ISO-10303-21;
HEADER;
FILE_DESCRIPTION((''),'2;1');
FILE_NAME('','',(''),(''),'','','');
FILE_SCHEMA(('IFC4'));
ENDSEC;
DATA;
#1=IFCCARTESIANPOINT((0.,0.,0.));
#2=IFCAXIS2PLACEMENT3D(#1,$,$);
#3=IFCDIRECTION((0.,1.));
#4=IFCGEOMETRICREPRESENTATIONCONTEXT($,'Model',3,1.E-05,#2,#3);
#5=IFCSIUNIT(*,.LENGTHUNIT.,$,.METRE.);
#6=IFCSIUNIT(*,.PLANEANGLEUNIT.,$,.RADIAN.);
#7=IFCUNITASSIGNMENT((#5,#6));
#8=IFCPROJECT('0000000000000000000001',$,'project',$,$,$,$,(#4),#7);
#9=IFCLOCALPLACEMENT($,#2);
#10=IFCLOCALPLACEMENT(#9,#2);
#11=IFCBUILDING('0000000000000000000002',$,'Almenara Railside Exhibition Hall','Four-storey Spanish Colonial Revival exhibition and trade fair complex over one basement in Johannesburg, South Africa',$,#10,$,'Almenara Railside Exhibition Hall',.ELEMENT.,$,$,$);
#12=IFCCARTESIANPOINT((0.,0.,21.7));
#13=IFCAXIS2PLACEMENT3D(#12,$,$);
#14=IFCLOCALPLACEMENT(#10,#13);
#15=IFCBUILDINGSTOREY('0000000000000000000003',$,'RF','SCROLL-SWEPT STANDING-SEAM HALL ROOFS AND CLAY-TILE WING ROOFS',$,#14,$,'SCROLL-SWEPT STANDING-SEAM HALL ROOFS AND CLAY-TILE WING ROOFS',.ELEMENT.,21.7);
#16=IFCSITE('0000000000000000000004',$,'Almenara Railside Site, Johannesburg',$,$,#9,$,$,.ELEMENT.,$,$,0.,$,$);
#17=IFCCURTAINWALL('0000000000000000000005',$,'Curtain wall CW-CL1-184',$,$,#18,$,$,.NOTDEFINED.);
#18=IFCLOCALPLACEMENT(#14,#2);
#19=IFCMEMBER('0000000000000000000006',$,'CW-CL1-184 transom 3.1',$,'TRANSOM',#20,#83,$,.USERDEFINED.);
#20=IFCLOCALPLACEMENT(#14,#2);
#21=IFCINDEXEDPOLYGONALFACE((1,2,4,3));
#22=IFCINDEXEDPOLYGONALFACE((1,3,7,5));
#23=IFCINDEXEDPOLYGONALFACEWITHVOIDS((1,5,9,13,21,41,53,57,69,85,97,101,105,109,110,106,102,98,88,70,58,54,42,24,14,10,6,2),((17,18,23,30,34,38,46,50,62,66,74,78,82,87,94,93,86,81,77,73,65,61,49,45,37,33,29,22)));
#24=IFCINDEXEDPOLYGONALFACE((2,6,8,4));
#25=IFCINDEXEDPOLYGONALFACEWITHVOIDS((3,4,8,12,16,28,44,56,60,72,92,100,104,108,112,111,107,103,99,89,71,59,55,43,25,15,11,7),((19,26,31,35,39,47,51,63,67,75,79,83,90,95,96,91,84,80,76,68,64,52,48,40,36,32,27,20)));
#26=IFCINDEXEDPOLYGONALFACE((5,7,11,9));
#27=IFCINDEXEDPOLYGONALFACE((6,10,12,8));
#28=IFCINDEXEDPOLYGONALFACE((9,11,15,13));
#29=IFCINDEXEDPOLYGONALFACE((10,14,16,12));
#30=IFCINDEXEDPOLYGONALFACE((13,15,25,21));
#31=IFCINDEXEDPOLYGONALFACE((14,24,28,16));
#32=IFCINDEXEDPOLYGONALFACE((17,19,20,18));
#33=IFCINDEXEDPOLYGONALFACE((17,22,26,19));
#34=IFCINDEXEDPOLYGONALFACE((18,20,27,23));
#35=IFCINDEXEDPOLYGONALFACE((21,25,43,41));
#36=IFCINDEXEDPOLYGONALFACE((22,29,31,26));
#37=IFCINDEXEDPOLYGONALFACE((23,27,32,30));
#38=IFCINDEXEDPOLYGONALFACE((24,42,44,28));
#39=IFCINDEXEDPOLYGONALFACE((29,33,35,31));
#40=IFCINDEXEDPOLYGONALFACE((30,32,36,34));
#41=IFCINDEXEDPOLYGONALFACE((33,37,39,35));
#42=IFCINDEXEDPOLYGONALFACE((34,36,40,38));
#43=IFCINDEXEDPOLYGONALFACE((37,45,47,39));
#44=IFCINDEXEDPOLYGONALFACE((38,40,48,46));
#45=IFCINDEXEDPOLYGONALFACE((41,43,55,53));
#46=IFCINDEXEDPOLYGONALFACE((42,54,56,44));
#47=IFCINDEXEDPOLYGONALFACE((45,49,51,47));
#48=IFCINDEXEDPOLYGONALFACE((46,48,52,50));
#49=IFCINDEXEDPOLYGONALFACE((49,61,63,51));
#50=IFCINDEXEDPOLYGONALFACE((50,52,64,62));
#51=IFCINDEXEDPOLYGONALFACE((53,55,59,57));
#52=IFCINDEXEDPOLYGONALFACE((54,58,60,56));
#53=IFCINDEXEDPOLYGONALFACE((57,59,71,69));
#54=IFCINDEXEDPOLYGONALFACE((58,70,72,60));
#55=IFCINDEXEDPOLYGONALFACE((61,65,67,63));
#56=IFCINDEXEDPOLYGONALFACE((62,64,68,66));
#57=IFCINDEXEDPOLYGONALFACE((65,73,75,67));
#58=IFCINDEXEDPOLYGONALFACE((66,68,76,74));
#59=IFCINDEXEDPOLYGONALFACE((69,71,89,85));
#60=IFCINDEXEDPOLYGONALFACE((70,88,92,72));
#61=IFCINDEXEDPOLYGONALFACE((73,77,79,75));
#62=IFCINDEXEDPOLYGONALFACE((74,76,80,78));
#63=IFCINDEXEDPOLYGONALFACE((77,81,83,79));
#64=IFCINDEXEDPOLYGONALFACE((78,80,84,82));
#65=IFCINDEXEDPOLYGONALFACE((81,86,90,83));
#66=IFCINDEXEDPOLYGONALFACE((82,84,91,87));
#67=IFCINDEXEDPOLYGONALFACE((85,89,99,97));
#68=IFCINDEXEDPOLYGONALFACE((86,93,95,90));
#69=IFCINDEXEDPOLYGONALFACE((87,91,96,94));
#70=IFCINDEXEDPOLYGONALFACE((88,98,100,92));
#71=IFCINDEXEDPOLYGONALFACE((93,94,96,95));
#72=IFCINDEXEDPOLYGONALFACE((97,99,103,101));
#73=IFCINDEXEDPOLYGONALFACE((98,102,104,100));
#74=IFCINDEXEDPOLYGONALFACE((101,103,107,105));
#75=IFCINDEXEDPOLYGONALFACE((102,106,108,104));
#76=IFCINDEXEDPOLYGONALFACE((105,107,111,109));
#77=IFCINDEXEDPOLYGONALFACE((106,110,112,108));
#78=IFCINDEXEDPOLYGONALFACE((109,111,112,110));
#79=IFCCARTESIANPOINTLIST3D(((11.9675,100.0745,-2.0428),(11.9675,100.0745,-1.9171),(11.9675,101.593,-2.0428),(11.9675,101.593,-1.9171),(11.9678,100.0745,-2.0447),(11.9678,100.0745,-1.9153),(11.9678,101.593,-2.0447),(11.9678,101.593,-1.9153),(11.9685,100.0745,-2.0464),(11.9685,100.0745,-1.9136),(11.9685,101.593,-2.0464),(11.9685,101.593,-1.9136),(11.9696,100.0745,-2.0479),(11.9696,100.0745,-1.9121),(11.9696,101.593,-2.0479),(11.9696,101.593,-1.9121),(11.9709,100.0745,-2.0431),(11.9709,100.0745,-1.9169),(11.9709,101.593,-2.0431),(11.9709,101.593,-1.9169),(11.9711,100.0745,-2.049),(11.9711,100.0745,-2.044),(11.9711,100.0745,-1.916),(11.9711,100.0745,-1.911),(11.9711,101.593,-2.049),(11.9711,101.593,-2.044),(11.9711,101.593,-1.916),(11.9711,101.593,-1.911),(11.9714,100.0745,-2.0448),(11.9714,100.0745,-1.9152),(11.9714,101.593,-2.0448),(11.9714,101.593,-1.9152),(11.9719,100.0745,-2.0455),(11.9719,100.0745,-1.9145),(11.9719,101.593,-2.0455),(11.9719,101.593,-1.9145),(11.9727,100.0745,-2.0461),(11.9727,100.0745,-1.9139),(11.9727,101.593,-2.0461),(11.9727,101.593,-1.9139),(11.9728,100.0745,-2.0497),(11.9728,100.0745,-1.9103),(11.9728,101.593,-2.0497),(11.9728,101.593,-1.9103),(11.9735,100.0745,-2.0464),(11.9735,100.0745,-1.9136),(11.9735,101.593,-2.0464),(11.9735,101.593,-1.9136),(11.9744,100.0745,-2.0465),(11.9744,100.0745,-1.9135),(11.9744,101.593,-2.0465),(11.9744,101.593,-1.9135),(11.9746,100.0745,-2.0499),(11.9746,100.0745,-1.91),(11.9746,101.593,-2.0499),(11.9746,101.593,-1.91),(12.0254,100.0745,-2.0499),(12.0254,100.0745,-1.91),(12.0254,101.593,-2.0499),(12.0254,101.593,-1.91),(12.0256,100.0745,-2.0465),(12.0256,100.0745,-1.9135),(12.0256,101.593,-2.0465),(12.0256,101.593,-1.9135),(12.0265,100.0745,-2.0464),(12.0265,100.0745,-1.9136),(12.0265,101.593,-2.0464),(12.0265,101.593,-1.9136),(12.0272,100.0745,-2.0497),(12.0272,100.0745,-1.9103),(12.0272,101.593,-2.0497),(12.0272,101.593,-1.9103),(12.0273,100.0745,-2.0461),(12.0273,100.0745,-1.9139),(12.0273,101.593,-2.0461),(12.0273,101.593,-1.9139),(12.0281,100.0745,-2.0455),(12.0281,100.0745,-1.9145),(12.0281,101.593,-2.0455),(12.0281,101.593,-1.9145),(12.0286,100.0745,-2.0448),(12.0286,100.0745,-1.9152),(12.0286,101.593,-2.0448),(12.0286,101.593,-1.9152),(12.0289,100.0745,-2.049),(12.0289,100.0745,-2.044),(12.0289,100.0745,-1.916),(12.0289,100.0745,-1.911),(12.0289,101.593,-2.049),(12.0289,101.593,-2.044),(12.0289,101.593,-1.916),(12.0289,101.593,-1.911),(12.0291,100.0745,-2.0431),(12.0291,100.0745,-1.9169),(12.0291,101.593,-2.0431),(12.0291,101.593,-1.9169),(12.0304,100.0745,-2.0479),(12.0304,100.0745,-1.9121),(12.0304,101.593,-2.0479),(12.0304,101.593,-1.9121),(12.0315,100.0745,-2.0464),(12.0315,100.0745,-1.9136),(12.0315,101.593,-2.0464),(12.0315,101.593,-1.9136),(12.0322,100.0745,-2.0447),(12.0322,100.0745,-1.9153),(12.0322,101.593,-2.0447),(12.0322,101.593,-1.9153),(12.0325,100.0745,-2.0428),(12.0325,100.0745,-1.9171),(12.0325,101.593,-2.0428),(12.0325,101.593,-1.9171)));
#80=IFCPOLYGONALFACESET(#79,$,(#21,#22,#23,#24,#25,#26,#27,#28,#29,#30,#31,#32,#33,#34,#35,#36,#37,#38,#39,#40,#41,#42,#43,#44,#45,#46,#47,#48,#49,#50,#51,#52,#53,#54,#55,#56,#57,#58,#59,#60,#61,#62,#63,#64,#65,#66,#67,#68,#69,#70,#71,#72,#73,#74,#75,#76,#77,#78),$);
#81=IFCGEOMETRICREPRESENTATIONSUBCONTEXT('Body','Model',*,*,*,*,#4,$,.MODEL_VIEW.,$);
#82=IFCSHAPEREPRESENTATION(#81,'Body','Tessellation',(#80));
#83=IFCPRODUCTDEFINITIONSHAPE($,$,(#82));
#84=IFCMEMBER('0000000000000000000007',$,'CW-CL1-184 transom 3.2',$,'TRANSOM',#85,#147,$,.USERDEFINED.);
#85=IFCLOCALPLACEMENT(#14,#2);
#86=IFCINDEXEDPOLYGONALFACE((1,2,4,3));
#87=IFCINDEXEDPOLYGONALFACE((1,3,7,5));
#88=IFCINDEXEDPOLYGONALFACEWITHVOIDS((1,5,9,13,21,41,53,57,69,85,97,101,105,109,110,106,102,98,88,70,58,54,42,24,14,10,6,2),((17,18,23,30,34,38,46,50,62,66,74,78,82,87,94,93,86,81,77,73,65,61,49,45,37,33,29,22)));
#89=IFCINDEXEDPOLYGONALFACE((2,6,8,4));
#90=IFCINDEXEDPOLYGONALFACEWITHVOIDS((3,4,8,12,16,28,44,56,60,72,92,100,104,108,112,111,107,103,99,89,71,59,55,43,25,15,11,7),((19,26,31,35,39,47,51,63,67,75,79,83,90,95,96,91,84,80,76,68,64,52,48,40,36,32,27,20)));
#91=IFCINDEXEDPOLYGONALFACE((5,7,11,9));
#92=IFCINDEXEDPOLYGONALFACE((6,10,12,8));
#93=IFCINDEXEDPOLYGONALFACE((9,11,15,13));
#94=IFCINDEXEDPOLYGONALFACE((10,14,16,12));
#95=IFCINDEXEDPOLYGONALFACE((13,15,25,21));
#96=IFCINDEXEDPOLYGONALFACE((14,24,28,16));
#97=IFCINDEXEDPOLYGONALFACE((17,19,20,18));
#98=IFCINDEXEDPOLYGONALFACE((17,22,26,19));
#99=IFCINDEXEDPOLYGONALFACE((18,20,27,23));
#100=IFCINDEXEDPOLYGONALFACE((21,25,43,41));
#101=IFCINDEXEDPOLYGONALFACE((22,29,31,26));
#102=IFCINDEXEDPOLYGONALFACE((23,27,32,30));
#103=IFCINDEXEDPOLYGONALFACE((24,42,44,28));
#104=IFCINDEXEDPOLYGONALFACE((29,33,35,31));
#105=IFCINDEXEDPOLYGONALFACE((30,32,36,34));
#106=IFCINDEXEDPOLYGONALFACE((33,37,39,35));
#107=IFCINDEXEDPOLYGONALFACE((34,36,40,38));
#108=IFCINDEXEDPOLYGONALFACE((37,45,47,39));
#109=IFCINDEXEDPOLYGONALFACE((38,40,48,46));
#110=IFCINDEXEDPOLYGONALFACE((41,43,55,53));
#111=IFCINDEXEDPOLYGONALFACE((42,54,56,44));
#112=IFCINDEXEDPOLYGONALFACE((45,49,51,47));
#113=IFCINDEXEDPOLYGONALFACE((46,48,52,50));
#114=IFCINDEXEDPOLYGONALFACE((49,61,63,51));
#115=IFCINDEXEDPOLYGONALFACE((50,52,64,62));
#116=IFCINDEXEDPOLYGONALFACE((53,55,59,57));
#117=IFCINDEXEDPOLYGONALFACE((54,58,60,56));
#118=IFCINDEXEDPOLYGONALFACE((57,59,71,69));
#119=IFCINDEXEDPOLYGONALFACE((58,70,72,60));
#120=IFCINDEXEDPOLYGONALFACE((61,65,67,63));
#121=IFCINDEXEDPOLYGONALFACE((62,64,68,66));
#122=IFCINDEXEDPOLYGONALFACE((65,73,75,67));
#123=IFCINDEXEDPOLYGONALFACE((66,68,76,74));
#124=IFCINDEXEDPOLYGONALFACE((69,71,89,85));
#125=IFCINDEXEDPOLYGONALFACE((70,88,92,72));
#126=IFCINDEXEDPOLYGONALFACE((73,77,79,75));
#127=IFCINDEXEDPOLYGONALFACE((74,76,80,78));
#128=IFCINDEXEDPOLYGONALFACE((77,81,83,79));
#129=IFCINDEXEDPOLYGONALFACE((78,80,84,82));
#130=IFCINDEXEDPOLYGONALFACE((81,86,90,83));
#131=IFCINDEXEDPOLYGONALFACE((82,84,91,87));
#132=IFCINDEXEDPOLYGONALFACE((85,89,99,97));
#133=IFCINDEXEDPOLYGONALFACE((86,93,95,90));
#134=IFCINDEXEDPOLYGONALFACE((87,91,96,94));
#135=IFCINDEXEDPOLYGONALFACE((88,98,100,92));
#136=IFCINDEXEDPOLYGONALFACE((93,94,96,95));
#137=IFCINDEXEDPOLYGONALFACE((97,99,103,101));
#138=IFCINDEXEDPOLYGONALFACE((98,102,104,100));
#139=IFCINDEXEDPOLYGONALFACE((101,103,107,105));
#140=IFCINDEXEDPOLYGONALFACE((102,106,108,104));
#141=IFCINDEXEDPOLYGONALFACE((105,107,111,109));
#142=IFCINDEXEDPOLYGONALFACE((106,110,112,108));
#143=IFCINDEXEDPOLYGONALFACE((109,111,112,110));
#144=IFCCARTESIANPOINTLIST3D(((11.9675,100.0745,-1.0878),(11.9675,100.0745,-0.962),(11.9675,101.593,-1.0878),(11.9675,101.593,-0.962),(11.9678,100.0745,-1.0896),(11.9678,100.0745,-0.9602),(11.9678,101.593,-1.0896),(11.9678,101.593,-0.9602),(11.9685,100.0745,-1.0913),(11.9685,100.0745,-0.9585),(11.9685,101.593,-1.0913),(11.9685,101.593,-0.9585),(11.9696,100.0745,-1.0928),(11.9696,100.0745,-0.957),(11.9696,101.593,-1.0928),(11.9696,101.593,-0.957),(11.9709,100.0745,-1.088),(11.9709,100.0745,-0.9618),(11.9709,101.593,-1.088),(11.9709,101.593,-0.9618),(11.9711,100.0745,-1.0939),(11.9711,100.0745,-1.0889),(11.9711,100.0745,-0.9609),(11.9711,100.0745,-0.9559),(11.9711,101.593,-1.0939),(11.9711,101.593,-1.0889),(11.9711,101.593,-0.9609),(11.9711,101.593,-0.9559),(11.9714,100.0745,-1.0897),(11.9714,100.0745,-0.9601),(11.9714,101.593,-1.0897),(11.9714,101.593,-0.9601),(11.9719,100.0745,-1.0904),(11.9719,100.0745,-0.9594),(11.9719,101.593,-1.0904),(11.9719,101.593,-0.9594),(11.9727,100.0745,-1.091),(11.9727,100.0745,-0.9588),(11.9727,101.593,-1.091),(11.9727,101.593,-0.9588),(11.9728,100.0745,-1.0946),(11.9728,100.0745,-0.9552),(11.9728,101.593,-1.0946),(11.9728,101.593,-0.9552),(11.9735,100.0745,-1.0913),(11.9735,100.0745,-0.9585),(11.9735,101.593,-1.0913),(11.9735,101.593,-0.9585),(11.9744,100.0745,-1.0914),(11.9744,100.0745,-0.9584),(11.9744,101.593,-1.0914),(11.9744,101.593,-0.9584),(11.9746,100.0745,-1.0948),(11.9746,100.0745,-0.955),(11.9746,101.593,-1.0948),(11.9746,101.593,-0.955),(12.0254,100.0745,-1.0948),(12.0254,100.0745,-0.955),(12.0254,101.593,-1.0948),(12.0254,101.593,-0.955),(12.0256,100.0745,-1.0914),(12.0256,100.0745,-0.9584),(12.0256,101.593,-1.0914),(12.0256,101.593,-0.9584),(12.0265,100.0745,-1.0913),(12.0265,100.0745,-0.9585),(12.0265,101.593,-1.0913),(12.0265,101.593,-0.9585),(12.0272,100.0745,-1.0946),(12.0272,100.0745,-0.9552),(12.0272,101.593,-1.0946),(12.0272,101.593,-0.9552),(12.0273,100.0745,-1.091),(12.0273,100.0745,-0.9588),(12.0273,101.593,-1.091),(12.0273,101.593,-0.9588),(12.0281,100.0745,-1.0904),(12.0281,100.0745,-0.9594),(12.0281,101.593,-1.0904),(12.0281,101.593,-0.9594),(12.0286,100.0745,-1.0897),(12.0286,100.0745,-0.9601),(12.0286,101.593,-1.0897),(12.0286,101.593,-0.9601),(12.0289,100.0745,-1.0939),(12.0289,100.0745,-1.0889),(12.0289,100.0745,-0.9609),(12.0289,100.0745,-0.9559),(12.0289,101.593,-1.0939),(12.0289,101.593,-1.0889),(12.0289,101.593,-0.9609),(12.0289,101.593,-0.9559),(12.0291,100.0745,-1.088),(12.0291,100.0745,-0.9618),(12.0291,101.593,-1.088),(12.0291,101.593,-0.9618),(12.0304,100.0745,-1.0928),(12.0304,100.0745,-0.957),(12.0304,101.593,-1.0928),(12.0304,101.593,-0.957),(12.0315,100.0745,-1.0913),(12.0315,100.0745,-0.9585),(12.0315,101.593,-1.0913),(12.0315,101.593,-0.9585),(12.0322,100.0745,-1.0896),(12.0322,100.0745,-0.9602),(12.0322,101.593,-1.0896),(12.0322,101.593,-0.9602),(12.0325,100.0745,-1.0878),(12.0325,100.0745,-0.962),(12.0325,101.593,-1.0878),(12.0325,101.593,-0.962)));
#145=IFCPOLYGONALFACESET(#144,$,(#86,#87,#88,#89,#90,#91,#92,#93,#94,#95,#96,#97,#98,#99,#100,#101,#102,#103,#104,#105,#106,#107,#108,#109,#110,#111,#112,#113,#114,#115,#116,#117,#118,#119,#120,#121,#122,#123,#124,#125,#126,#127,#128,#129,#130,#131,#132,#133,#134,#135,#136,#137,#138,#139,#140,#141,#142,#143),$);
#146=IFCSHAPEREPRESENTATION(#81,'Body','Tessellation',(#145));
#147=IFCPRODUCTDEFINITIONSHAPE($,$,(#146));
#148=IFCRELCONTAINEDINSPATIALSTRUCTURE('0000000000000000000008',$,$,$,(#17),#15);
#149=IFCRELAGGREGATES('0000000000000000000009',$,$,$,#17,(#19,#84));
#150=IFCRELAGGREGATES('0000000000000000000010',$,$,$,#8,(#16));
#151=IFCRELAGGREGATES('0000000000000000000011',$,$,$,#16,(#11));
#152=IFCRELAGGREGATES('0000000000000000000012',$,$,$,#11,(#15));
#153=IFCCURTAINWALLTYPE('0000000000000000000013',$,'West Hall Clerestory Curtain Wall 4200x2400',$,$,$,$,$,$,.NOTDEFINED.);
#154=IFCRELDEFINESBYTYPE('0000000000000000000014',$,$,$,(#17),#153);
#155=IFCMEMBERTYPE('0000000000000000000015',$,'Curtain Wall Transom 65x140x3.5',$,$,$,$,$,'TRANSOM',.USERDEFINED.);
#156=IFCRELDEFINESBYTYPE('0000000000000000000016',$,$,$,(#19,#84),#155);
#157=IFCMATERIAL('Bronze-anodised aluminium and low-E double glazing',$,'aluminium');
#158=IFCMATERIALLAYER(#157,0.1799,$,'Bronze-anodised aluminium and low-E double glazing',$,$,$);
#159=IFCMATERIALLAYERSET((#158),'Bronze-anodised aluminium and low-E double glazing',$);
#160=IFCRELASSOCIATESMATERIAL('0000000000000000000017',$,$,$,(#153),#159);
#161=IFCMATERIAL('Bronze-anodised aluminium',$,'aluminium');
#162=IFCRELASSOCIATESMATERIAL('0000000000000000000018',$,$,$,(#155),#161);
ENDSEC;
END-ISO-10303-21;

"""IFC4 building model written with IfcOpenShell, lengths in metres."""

from ifc_helpers import new_model, si_unit, direction, frame, origin, origin_2d, place, context, subcontext, project, spatial, hollow_rectangle, extrude, material, layer, layer_set, material_profile, profile_set, type_object, element, aggregate, save


model = new_model("IFC4")

# Units and contexts
model_context = context("Model", 3, precision=1e-05, world=origin(), true_north=direction((0.0, 1.0)))
body_context = subcontext(model_context, "Body", "Model", "MODEL_VIEW")
ifc_project = project(units=[si_unit("LENGTHUNIT", "METRE"), si_unit("PLANEANGLEUNIT", "RADIAN")], contexts=[model_context])

# Site, building, storey
site_placement = place(None, origin())
site = spatial("IfcSite", under=ifc_project, at=site_placement, Name="Almenara Railside Site, Johannesburg", CompositionType="ELEMENT", RefElevation=0.0)
building_placement = place(site_placement, origin())
building = spatial("IfcBuilding", under=site, at=building_placement, Name="Almenara Railside Exhibition Hall", Description="Four-storey Spanish Colonial Revival exhibition and trade fair complex over one basement in Johannesburg, South Africa", LongName="Almenara Railside Exhibition Hall", CompositionType="ELEMENT")
storey_placement = place(building_placement, frame((0.0, 0.0, 21.7)))
storey = spatial("IfcBuildingStorey", under=building, at=storey_placement, Name="RF", Description="SCROLL-SWEPT STANDING-SEAM HALL ROOFS AND CLAY-TILE WING ROOFS", LongName="SCROLL-SWEPT STANDING-SEAM HALL ROOFS AND CLAY-TILE WING ROOFS", CompositionType="ELEMENT", Elevation=21.7)

# Shared definitions
ifc_material_1 = material(Name="Bronze-anodised aluminium and low-E double glazing", Category="aluminium")
ifc_layer_1 = layer(ifc_material_1, 0.1799, Name="Bronze-anodised aluminium and low-E double glazing")
ifc_layer_set_1 = layer_set([ifc_layer_1], Name="Bronze-anodised aluminium and low-E double glazing")
curtain_wall_type = type_object("IfcCurtainWallType", Name="West Hall Clerestory Curtain Wall 4200x2400", PredefinedType="NOTDEFINED", material=ifc_layer_set_1)
ifc_material_2 = material(Name="Bronze-anodised aluminium", Category="aluminium")

# Curtain wall, members
curtain_wall_1_placement = place(storey_placement, origin())
curtain_wall_1 = element("IfcCurtainWall", 1, at=curtain_wall_1_placement, inside=storey, type_object=curtain_wall_type, Name="Curtain wall CW-CL1-184", PredefinedType="NOTDEFINED")
ifc_material_profile_1 = material_profile(ifc_material_2, hollow_rectangle(XDim=0.0649, YDim=0.1399, WallThickness=0.0034, InnerFilletRadius=0.0034, OuterFilletRadius=0.0071, at=origin_2d()), Name="ALU-TRN 65x140x3.5")
ifc_profile_set_1 = profile_set([ifc_material_profile_1], Name="Bronze-anodised aluminium")
member_type_1 = type_object("IfcMemberType", Name="Curtain Wall Transom 65x140x3.5", ElementType="TRANSOM", PredefinedType="USERDEFINED", material=ifc_profile_set_1)
member_1_placement = place(storey_placement, frame((12.0, 100.0745, -1.98), z_axis=(0.0, 1.0, 0.0), x_axis=(-1.0, 0.0, 0.0)))
member_1 = element("IfcMember", 2, at=member_1_placement, type_object=member_type_1, Name="CW-CL1-184 transom 3.1", ObjectType="TRANSOM", PredefinedType="USERDEFINED", context=body_context, shape_type="SweptSolid", body=[
    extrude(hollow_rectangle(XDim=0.0649, YDim=0.1399, WallThickness=0.0034, InnerFilletRadius=0.0034, OuterFilletRadius=0.0071, at=origin_2d()), origin(), (0.0, 0.0, 1.0), 1.5186),
])
member_2_placement = place(storey_placement, frame((12.0, 100.0745, -1.0249), z_axis=(0.0, 1.0, 0.0), x_axis=(-1.0, 0.0, 0.0)))
member_2 = element("IfcMember", 3, at=member_2_placement, type_object=member_type_1, Name="CW-CL1-184 transom 3.2", ObjectType="TRANSOM", PredefinedType="USERDEFINED", context=body_context, shape_type="SweptSolid", body=[
    extrude(hollow_rectangle(XDim=0.0649, YDim=0.1399, WallThickness=0.0034, InnerFilletRadius=0.0034, OuterFilletRadius=0.0071, at=origin_2d()), origin(), (0.0, 0.0, 1.0), 1.5186),
])

aggregate(curtain_wall_1, [member_1, member_2])

save(model, "model.ifc")
